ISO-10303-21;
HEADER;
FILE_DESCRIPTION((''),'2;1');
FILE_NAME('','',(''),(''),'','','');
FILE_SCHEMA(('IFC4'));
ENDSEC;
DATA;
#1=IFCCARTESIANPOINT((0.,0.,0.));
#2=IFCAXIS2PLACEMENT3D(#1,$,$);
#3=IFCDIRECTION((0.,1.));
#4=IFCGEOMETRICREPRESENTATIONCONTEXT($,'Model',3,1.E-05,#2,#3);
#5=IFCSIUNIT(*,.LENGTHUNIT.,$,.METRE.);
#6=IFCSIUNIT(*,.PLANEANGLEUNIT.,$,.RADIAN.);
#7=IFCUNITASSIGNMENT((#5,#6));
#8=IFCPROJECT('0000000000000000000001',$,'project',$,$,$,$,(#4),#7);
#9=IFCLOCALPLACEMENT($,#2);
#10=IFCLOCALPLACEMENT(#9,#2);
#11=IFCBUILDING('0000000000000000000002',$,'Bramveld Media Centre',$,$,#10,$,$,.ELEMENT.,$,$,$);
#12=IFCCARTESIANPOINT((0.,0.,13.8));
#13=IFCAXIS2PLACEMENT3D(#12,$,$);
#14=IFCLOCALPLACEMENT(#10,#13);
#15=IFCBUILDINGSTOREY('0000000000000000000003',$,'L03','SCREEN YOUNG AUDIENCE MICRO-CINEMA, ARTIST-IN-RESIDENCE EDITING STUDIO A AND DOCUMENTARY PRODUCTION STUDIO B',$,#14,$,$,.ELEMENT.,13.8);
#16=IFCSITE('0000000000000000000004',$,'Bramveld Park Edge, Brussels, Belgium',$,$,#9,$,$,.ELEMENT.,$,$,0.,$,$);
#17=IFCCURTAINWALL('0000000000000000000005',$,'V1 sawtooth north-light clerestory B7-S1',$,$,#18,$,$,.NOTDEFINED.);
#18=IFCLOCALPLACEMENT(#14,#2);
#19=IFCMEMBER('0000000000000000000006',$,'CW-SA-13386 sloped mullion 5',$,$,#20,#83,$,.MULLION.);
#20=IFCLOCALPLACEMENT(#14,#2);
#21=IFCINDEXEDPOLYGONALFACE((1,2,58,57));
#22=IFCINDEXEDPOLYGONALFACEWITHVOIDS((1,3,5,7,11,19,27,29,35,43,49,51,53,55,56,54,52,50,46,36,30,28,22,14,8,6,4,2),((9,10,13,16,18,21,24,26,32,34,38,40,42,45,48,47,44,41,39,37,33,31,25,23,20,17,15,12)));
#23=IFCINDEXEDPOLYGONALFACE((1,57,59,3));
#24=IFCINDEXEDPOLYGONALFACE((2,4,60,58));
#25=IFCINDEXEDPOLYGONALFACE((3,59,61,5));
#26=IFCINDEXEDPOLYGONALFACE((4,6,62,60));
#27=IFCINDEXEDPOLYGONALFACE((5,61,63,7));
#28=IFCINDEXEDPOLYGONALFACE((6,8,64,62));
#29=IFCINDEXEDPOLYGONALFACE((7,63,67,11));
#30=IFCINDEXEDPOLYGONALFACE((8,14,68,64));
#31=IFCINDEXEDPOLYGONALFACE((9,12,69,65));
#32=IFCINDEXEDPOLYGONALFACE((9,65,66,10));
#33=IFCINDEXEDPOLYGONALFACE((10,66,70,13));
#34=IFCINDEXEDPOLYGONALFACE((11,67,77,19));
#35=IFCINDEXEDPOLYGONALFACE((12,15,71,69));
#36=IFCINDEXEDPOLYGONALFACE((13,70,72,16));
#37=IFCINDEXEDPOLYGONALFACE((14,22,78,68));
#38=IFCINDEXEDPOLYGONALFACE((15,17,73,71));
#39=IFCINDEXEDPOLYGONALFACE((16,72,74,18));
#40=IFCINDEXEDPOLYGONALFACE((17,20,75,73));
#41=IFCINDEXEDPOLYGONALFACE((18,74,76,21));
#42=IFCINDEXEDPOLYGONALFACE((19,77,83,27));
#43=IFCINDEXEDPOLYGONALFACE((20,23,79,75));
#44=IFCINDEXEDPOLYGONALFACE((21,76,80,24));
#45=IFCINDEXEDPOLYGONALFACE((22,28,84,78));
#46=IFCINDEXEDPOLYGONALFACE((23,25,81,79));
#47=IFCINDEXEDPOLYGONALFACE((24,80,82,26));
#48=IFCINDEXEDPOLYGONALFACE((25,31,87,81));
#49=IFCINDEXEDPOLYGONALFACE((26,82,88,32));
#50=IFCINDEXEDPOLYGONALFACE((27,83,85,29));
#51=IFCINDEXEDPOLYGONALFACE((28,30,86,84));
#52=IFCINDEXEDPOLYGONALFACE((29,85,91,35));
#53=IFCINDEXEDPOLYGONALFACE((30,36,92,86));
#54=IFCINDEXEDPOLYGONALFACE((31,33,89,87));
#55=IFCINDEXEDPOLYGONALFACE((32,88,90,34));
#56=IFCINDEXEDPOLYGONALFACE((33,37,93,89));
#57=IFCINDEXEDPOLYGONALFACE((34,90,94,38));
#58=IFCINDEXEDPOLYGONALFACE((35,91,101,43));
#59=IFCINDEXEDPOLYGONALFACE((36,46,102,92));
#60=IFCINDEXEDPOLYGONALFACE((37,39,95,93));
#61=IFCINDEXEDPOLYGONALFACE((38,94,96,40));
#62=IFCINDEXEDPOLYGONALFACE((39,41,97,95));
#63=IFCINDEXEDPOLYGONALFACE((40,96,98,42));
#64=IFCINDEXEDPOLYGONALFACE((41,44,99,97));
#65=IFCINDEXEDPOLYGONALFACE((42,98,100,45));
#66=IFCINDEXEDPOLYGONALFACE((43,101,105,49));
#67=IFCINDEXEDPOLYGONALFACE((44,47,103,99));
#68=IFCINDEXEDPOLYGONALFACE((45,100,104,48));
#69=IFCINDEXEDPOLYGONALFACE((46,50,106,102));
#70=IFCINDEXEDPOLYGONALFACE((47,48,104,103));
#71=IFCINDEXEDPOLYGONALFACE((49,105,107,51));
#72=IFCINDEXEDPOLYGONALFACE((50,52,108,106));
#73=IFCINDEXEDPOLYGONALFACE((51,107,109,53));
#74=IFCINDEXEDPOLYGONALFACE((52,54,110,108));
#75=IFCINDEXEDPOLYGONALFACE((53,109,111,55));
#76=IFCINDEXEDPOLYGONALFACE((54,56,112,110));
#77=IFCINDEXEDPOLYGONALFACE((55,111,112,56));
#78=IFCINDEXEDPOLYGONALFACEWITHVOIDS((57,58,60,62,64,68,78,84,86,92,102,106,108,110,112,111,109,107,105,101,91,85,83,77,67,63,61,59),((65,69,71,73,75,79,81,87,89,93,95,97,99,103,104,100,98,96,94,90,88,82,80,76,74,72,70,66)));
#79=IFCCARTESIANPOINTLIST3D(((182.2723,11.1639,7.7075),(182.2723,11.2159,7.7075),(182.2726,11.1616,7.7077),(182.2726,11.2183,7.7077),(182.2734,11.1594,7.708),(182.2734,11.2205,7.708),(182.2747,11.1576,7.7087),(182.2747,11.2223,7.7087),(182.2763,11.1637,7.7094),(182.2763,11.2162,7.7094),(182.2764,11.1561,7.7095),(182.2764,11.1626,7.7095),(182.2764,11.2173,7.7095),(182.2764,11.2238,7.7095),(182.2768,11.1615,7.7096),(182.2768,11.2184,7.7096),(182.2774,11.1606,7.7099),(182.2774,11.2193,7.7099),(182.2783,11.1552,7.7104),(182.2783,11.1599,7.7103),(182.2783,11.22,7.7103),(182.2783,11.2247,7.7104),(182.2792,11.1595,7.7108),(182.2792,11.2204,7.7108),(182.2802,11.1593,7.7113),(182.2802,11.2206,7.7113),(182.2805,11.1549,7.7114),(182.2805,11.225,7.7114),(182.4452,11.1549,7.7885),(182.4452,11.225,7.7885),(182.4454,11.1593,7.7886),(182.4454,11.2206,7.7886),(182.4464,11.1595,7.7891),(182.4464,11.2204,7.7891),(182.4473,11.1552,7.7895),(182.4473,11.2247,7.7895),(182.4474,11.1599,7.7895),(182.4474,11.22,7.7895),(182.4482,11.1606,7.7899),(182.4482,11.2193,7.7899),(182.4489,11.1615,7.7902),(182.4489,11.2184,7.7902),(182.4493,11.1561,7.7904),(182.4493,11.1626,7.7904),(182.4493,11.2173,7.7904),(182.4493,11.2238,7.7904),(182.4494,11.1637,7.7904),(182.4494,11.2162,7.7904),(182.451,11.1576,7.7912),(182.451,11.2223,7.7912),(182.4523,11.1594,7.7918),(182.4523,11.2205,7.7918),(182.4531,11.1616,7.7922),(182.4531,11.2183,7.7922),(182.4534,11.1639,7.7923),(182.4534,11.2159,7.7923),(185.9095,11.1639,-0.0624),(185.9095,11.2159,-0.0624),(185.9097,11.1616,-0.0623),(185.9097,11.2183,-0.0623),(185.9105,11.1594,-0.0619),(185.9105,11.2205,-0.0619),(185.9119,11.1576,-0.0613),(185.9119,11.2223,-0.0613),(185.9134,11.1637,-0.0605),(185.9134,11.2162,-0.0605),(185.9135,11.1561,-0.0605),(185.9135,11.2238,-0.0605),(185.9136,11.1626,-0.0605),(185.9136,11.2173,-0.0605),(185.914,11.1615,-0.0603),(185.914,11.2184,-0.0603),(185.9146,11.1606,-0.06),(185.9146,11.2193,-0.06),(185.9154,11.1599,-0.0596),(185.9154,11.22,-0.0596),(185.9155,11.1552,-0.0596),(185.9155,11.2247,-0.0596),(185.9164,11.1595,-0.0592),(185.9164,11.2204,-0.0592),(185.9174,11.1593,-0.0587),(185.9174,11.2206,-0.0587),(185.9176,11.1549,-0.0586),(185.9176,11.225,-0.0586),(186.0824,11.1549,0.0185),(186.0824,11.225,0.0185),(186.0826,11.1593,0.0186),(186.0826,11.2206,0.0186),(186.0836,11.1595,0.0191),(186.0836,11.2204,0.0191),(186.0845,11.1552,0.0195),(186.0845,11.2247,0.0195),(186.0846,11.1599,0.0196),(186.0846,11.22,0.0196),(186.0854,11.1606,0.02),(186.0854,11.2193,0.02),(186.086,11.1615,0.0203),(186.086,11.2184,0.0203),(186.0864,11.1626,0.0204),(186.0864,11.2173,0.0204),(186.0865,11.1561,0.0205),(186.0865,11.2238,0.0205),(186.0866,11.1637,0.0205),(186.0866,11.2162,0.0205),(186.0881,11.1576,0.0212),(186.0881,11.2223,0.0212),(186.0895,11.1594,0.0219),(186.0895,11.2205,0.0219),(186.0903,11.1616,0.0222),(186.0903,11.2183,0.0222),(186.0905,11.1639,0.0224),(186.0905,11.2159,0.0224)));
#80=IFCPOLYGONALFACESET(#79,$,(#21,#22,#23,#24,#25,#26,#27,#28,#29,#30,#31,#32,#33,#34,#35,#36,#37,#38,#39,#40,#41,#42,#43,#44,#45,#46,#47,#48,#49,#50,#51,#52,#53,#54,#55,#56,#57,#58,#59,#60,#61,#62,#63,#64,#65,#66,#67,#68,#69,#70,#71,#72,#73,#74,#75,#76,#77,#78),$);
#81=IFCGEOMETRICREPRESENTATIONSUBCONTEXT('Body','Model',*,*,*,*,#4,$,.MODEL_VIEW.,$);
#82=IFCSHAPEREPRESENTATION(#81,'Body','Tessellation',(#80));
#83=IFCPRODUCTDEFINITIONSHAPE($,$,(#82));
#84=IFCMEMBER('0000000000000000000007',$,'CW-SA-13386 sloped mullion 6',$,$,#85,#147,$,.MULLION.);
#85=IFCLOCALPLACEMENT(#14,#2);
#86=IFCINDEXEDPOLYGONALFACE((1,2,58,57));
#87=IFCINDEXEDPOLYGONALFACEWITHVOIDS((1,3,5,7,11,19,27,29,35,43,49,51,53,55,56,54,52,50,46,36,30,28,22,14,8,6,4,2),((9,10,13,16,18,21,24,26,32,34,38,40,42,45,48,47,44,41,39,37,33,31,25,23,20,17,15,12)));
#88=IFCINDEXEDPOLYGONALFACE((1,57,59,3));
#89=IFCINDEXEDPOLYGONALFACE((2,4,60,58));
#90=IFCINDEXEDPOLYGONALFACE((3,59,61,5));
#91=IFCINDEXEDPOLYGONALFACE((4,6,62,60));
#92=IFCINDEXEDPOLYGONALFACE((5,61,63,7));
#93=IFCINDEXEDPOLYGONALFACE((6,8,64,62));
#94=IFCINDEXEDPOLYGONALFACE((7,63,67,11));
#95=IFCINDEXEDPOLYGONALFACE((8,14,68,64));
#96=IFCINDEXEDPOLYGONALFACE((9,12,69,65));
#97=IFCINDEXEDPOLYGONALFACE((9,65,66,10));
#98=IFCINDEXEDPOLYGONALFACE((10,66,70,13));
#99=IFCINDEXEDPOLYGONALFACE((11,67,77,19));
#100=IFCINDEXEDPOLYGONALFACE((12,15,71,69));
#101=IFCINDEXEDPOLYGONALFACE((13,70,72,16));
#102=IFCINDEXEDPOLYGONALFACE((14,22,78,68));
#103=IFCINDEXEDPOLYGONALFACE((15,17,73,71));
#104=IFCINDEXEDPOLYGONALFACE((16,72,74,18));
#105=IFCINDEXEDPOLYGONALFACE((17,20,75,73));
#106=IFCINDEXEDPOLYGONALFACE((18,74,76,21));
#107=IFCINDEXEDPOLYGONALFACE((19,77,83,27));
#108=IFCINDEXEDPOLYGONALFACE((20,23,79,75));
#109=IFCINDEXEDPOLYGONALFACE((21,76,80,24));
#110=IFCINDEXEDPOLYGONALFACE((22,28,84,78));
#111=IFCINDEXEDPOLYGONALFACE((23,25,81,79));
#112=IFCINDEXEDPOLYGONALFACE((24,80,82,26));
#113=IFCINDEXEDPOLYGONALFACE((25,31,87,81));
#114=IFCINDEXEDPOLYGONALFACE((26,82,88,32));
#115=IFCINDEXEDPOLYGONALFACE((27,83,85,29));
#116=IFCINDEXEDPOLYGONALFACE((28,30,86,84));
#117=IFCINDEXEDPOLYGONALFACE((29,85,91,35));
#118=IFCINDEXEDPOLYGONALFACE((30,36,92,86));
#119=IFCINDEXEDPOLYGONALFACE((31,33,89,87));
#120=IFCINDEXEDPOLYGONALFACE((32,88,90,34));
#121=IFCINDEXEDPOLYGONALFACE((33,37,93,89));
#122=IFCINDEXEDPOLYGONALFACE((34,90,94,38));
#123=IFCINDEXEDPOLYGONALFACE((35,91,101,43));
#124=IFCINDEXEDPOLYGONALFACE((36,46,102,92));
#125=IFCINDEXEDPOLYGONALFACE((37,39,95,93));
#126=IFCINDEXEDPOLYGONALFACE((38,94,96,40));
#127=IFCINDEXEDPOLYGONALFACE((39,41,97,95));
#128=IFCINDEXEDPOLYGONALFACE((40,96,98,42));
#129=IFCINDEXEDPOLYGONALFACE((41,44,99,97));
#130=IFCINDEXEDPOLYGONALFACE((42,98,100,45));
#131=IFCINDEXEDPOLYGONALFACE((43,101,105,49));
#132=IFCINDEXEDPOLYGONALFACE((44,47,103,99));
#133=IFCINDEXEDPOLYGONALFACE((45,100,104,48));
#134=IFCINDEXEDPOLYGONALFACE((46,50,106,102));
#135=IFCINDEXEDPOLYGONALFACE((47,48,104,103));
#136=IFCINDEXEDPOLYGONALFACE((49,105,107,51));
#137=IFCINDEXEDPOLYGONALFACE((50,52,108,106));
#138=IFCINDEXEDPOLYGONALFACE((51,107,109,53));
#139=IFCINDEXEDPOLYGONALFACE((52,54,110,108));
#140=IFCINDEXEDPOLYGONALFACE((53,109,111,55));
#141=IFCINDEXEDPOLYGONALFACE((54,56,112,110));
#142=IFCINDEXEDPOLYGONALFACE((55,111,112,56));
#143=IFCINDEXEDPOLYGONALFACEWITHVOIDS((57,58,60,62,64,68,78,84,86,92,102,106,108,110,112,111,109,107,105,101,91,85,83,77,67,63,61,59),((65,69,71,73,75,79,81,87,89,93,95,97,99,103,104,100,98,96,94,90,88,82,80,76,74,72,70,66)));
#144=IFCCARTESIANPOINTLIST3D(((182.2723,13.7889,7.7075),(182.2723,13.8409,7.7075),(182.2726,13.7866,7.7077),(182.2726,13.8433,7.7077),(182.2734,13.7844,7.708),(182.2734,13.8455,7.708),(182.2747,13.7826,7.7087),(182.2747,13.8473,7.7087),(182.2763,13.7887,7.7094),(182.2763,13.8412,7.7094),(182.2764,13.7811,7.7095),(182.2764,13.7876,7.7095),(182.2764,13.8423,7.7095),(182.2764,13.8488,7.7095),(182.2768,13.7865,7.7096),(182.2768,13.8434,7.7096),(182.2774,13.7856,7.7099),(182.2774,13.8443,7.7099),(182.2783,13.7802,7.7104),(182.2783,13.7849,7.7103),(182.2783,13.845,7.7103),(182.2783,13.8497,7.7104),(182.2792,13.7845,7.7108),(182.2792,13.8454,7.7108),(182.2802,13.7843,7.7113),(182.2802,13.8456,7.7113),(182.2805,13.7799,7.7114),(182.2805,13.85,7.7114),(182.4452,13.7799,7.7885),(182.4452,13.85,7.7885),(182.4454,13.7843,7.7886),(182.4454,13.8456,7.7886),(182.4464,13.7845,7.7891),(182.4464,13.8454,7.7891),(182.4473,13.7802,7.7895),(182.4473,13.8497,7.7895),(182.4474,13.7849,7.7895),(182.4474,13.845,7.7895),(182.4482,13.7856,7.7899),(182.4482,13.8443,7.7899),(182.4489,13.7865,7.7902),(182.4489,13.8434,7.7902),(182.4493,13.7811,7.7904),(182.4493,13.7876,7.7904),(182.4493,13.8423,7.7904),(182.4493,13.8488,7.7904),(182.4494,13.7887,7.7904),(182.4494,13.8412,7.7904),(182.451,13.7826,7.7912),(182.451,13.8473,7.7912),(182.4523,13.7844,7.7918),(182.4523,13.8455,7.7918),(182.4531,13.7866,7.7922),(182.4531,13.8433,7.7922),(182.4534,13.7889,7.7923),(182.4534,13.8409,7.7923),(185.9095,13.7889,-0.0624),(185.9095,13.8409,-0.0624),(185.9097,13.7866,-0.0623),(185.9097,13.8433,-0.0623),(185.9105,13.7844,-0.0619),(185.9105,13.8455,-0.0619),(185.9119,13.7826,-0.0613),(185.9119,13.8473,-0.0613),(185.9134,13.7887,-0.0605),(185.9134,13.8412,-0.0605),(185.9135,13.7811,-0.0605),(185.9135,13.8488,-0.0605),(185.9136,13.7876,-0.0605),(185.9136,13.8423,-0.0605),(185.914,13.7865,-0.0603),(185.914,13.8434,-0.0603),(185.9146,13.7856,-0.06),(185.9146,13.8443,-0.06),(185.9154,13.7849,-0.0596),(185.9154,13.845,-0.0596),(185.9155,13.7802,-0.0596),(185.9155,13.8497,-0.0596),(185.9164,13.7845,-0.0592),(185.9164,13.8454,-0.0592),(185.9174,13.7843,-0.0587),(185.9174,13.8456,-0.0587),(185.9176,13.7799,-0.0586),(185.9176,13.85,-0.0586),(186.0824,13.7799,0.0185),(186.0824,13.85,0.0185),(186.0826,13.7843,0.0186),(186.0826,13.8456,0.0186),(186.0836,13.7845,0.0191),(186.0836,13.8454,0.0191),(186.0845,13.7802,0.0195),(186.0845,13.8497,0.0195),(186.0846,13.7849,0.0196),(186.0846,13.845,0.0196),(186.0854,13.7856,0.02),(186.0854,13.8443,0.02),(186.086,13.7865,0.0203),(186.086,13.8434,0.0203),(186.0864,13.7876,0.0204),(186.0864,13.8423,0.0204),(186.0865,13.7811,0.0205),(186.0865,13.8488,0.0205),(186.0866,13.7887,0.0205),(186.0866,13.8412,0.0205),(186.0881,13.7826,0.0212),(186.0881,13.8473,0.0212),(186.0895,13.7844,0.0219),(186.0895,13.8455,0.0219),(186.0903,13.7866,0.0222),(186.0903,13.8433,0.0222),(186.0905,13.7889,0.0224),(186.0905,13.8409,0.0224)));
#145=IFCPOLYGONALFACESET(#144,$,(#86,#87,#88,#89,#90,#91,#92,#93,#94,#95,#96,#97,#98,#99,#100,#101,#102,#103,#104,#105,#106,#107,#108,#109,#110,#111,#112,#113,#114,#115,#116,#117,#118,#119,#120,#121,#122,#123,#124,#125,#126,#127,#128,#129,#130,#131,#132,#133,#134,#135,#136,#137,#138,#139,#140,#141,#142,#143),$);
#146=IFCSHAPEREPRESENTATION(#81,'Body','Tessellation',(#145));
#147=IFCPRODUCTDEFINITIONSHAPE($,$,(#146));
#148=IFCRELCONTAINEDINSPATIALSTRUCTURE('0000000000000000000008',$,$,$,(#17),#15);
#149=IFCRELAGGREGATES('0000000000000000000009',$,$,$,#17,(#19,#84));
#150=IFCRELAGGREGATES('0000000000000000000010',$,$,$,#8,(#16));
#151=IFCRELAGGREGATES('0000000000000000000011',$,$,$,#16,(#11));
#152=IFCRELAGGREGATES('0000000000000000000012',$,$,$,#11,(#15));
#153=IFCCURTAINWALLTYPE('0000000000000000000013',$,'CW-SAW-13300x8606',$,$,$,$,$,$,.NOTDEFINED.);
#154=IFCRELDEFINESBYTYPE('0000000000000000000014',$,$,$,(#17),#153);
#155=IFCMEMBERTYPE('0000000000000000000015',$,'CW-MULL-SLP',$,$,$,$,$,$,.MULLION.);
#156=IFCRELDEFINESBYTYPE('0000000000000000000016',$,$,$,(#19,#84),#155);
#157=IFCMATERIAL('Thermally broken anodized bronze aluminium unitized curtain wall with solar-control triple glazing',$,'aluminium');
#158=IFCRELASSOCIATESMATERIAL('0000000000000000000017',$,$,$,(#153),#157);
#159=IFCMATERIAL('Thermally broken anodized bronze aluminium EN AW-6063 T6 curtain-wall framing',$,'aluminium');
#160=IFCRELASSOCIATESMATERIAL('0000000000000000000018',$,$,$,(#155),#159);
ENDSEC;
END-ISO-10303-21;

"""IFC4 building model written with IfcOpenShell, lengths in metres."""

from ifc_helpers import new_model, si_unit, direction, frame, origin, origin_2d, place, context, subcontext, project, spatial, hollow_rectangle, extrude, material, material_profile, profile_set, type_object, element, aggregate, save


model = new_model("IFC4")

# Units and contexts
model_context = context("Model", 3, precision=1e-05, world=origin(), true_north=direction((0.0, 1.0)))
body_context = subcontext(model_context, "Body", "Model", "MODEL_VIEW")
ifc_project = project(units=[si_unit("LENGTHUNIT", "METRE"), si_unit("PLANEANGLEUNIT", "RADIAN")], contexts=[model_context])

# Site, building, storey
site_placement = place(None, origin())
site = spatial("IfcSite", under=ifc_project, at=site_placement, Name="Bramveld Park Edge, Brussels, Belgium", CompositionType="ELEMENT", RefElevation=0.0)
building_placement = place(site_placement, origin())
building = spatial("IfcBuilding", under=site, at=building_placement, Name="Bramveld Media Centre", CompositionType="ELEMENT")
storey_placement = place(building_placement, frame((0.0, 0.0, 13.8)))
storey = spatial("IfcBuildingStorey", under=building, at=storey_placement, Name="L03", Description="SCREEN YOUNG AUDIENCE MICRO-CINEMA, ARTIST-IN-RESIDENCE EDITING STUDIO A AND DOCUMENTARY PRODUCTION STUDIO B", CompositionType="ELEMENT", Elevation=13.8)

# Curtain wall, members
ifc_material_1 = material(Name="Thermally broken anodized bronze aluminium unitized curtain wall with solar-control triple glazing", Category="aluminium")
curtain_wall_type = type_object("IfcCurtainWallType", Name="CW-SAW-13300x8606", PredefinedType="NOTDEFINED", material=ifc_material_1)
ifc_material_2 = material(Name="Thermally broken anodized bronze aluminium EN AW-6063 T6 curtain-wall framing", Category="aluminium")
ifc_material_profile_1 = material_profile(ifc_material_2, hollow_rectangle(XDim=0.0701, YDim=0.2, WallThickness=0.0044, InnerFilletRadius=0.0044, OuterFilletRadius=0.009, at=origin_2d()), Name="AL-MULL 70x200")
ifc_profile_set_1 = profile_set([ifc_material_profile_1], Name="Thermally broken anodized bronze aluminium EN AW-6063 T6 curtain-wall framing")
member_type_1 = type_object("IfcMemberType", Name="CW-MULL-SLP", PredefinedType="MULLION", material=ifc_profile_set_1)
curtain_wall_1_placement = place(storey_placement, origin())
curtain_wall_1 = element("IfcCurtainWall", 1, at=curtain_wall_1_placement, inside=storey, type_object=curtain_wall_type, Name="V1 sawtooth north-light clerestory B7-S1", PredefinedType="NOTDEFINED")
member_1_placement = place(storey_placement, frame((186.0, 11.1899, -0.02), z_axis=(-0.423957, 0.0, 0.905682), x_axis=(0.0, -1.0, 0.0)))
member_1 = element("IfcMember", 2, at=member_1_placement, type_object=member_type_1, Name="CW-SA-13386 sloped mullion 5", PredefinedType="MULLION", context=body_context, shape_type="SweptSolid", body=[
    extrude(hollow_rectangle(XDim=0.0701, YDim=0.2, WallThickness=0.0044, InnerFilletRadius=0.0044, OuterFilletRadius=0.009, at=origin_2d()), origin(), (0.0, 0.0, 1.0), 8.5791),
])
member_2_placement = place(storey_placement, frame((186.0, 13.8149, -0.02), z_axis=(-0.423957, 0.0, 0.905682), x_axis=(0.0, -1.0, 0.0)))
member_2 = element("IfcMember", 3, at=member_2_placement, type_object=member_type_1, Name="CW-SA-13386 sloped mullion 6", PredefinedType="MULLION", context=body_context, shape_type="SweptSolid", body=[
    extrude(hollow_rectangle(XDim=0.0701, YDim=0.2, WallThickness=0.0044, InnerFilletRadius=0.0044, OuterFilletRadius=0.009, at=origin_2d()), origin(), (0.0, 0.0, 1.0), 8.5791),
])

aggregate(curtain_wall_1, [member_1, member_2])

save(model, "model.ifc")
